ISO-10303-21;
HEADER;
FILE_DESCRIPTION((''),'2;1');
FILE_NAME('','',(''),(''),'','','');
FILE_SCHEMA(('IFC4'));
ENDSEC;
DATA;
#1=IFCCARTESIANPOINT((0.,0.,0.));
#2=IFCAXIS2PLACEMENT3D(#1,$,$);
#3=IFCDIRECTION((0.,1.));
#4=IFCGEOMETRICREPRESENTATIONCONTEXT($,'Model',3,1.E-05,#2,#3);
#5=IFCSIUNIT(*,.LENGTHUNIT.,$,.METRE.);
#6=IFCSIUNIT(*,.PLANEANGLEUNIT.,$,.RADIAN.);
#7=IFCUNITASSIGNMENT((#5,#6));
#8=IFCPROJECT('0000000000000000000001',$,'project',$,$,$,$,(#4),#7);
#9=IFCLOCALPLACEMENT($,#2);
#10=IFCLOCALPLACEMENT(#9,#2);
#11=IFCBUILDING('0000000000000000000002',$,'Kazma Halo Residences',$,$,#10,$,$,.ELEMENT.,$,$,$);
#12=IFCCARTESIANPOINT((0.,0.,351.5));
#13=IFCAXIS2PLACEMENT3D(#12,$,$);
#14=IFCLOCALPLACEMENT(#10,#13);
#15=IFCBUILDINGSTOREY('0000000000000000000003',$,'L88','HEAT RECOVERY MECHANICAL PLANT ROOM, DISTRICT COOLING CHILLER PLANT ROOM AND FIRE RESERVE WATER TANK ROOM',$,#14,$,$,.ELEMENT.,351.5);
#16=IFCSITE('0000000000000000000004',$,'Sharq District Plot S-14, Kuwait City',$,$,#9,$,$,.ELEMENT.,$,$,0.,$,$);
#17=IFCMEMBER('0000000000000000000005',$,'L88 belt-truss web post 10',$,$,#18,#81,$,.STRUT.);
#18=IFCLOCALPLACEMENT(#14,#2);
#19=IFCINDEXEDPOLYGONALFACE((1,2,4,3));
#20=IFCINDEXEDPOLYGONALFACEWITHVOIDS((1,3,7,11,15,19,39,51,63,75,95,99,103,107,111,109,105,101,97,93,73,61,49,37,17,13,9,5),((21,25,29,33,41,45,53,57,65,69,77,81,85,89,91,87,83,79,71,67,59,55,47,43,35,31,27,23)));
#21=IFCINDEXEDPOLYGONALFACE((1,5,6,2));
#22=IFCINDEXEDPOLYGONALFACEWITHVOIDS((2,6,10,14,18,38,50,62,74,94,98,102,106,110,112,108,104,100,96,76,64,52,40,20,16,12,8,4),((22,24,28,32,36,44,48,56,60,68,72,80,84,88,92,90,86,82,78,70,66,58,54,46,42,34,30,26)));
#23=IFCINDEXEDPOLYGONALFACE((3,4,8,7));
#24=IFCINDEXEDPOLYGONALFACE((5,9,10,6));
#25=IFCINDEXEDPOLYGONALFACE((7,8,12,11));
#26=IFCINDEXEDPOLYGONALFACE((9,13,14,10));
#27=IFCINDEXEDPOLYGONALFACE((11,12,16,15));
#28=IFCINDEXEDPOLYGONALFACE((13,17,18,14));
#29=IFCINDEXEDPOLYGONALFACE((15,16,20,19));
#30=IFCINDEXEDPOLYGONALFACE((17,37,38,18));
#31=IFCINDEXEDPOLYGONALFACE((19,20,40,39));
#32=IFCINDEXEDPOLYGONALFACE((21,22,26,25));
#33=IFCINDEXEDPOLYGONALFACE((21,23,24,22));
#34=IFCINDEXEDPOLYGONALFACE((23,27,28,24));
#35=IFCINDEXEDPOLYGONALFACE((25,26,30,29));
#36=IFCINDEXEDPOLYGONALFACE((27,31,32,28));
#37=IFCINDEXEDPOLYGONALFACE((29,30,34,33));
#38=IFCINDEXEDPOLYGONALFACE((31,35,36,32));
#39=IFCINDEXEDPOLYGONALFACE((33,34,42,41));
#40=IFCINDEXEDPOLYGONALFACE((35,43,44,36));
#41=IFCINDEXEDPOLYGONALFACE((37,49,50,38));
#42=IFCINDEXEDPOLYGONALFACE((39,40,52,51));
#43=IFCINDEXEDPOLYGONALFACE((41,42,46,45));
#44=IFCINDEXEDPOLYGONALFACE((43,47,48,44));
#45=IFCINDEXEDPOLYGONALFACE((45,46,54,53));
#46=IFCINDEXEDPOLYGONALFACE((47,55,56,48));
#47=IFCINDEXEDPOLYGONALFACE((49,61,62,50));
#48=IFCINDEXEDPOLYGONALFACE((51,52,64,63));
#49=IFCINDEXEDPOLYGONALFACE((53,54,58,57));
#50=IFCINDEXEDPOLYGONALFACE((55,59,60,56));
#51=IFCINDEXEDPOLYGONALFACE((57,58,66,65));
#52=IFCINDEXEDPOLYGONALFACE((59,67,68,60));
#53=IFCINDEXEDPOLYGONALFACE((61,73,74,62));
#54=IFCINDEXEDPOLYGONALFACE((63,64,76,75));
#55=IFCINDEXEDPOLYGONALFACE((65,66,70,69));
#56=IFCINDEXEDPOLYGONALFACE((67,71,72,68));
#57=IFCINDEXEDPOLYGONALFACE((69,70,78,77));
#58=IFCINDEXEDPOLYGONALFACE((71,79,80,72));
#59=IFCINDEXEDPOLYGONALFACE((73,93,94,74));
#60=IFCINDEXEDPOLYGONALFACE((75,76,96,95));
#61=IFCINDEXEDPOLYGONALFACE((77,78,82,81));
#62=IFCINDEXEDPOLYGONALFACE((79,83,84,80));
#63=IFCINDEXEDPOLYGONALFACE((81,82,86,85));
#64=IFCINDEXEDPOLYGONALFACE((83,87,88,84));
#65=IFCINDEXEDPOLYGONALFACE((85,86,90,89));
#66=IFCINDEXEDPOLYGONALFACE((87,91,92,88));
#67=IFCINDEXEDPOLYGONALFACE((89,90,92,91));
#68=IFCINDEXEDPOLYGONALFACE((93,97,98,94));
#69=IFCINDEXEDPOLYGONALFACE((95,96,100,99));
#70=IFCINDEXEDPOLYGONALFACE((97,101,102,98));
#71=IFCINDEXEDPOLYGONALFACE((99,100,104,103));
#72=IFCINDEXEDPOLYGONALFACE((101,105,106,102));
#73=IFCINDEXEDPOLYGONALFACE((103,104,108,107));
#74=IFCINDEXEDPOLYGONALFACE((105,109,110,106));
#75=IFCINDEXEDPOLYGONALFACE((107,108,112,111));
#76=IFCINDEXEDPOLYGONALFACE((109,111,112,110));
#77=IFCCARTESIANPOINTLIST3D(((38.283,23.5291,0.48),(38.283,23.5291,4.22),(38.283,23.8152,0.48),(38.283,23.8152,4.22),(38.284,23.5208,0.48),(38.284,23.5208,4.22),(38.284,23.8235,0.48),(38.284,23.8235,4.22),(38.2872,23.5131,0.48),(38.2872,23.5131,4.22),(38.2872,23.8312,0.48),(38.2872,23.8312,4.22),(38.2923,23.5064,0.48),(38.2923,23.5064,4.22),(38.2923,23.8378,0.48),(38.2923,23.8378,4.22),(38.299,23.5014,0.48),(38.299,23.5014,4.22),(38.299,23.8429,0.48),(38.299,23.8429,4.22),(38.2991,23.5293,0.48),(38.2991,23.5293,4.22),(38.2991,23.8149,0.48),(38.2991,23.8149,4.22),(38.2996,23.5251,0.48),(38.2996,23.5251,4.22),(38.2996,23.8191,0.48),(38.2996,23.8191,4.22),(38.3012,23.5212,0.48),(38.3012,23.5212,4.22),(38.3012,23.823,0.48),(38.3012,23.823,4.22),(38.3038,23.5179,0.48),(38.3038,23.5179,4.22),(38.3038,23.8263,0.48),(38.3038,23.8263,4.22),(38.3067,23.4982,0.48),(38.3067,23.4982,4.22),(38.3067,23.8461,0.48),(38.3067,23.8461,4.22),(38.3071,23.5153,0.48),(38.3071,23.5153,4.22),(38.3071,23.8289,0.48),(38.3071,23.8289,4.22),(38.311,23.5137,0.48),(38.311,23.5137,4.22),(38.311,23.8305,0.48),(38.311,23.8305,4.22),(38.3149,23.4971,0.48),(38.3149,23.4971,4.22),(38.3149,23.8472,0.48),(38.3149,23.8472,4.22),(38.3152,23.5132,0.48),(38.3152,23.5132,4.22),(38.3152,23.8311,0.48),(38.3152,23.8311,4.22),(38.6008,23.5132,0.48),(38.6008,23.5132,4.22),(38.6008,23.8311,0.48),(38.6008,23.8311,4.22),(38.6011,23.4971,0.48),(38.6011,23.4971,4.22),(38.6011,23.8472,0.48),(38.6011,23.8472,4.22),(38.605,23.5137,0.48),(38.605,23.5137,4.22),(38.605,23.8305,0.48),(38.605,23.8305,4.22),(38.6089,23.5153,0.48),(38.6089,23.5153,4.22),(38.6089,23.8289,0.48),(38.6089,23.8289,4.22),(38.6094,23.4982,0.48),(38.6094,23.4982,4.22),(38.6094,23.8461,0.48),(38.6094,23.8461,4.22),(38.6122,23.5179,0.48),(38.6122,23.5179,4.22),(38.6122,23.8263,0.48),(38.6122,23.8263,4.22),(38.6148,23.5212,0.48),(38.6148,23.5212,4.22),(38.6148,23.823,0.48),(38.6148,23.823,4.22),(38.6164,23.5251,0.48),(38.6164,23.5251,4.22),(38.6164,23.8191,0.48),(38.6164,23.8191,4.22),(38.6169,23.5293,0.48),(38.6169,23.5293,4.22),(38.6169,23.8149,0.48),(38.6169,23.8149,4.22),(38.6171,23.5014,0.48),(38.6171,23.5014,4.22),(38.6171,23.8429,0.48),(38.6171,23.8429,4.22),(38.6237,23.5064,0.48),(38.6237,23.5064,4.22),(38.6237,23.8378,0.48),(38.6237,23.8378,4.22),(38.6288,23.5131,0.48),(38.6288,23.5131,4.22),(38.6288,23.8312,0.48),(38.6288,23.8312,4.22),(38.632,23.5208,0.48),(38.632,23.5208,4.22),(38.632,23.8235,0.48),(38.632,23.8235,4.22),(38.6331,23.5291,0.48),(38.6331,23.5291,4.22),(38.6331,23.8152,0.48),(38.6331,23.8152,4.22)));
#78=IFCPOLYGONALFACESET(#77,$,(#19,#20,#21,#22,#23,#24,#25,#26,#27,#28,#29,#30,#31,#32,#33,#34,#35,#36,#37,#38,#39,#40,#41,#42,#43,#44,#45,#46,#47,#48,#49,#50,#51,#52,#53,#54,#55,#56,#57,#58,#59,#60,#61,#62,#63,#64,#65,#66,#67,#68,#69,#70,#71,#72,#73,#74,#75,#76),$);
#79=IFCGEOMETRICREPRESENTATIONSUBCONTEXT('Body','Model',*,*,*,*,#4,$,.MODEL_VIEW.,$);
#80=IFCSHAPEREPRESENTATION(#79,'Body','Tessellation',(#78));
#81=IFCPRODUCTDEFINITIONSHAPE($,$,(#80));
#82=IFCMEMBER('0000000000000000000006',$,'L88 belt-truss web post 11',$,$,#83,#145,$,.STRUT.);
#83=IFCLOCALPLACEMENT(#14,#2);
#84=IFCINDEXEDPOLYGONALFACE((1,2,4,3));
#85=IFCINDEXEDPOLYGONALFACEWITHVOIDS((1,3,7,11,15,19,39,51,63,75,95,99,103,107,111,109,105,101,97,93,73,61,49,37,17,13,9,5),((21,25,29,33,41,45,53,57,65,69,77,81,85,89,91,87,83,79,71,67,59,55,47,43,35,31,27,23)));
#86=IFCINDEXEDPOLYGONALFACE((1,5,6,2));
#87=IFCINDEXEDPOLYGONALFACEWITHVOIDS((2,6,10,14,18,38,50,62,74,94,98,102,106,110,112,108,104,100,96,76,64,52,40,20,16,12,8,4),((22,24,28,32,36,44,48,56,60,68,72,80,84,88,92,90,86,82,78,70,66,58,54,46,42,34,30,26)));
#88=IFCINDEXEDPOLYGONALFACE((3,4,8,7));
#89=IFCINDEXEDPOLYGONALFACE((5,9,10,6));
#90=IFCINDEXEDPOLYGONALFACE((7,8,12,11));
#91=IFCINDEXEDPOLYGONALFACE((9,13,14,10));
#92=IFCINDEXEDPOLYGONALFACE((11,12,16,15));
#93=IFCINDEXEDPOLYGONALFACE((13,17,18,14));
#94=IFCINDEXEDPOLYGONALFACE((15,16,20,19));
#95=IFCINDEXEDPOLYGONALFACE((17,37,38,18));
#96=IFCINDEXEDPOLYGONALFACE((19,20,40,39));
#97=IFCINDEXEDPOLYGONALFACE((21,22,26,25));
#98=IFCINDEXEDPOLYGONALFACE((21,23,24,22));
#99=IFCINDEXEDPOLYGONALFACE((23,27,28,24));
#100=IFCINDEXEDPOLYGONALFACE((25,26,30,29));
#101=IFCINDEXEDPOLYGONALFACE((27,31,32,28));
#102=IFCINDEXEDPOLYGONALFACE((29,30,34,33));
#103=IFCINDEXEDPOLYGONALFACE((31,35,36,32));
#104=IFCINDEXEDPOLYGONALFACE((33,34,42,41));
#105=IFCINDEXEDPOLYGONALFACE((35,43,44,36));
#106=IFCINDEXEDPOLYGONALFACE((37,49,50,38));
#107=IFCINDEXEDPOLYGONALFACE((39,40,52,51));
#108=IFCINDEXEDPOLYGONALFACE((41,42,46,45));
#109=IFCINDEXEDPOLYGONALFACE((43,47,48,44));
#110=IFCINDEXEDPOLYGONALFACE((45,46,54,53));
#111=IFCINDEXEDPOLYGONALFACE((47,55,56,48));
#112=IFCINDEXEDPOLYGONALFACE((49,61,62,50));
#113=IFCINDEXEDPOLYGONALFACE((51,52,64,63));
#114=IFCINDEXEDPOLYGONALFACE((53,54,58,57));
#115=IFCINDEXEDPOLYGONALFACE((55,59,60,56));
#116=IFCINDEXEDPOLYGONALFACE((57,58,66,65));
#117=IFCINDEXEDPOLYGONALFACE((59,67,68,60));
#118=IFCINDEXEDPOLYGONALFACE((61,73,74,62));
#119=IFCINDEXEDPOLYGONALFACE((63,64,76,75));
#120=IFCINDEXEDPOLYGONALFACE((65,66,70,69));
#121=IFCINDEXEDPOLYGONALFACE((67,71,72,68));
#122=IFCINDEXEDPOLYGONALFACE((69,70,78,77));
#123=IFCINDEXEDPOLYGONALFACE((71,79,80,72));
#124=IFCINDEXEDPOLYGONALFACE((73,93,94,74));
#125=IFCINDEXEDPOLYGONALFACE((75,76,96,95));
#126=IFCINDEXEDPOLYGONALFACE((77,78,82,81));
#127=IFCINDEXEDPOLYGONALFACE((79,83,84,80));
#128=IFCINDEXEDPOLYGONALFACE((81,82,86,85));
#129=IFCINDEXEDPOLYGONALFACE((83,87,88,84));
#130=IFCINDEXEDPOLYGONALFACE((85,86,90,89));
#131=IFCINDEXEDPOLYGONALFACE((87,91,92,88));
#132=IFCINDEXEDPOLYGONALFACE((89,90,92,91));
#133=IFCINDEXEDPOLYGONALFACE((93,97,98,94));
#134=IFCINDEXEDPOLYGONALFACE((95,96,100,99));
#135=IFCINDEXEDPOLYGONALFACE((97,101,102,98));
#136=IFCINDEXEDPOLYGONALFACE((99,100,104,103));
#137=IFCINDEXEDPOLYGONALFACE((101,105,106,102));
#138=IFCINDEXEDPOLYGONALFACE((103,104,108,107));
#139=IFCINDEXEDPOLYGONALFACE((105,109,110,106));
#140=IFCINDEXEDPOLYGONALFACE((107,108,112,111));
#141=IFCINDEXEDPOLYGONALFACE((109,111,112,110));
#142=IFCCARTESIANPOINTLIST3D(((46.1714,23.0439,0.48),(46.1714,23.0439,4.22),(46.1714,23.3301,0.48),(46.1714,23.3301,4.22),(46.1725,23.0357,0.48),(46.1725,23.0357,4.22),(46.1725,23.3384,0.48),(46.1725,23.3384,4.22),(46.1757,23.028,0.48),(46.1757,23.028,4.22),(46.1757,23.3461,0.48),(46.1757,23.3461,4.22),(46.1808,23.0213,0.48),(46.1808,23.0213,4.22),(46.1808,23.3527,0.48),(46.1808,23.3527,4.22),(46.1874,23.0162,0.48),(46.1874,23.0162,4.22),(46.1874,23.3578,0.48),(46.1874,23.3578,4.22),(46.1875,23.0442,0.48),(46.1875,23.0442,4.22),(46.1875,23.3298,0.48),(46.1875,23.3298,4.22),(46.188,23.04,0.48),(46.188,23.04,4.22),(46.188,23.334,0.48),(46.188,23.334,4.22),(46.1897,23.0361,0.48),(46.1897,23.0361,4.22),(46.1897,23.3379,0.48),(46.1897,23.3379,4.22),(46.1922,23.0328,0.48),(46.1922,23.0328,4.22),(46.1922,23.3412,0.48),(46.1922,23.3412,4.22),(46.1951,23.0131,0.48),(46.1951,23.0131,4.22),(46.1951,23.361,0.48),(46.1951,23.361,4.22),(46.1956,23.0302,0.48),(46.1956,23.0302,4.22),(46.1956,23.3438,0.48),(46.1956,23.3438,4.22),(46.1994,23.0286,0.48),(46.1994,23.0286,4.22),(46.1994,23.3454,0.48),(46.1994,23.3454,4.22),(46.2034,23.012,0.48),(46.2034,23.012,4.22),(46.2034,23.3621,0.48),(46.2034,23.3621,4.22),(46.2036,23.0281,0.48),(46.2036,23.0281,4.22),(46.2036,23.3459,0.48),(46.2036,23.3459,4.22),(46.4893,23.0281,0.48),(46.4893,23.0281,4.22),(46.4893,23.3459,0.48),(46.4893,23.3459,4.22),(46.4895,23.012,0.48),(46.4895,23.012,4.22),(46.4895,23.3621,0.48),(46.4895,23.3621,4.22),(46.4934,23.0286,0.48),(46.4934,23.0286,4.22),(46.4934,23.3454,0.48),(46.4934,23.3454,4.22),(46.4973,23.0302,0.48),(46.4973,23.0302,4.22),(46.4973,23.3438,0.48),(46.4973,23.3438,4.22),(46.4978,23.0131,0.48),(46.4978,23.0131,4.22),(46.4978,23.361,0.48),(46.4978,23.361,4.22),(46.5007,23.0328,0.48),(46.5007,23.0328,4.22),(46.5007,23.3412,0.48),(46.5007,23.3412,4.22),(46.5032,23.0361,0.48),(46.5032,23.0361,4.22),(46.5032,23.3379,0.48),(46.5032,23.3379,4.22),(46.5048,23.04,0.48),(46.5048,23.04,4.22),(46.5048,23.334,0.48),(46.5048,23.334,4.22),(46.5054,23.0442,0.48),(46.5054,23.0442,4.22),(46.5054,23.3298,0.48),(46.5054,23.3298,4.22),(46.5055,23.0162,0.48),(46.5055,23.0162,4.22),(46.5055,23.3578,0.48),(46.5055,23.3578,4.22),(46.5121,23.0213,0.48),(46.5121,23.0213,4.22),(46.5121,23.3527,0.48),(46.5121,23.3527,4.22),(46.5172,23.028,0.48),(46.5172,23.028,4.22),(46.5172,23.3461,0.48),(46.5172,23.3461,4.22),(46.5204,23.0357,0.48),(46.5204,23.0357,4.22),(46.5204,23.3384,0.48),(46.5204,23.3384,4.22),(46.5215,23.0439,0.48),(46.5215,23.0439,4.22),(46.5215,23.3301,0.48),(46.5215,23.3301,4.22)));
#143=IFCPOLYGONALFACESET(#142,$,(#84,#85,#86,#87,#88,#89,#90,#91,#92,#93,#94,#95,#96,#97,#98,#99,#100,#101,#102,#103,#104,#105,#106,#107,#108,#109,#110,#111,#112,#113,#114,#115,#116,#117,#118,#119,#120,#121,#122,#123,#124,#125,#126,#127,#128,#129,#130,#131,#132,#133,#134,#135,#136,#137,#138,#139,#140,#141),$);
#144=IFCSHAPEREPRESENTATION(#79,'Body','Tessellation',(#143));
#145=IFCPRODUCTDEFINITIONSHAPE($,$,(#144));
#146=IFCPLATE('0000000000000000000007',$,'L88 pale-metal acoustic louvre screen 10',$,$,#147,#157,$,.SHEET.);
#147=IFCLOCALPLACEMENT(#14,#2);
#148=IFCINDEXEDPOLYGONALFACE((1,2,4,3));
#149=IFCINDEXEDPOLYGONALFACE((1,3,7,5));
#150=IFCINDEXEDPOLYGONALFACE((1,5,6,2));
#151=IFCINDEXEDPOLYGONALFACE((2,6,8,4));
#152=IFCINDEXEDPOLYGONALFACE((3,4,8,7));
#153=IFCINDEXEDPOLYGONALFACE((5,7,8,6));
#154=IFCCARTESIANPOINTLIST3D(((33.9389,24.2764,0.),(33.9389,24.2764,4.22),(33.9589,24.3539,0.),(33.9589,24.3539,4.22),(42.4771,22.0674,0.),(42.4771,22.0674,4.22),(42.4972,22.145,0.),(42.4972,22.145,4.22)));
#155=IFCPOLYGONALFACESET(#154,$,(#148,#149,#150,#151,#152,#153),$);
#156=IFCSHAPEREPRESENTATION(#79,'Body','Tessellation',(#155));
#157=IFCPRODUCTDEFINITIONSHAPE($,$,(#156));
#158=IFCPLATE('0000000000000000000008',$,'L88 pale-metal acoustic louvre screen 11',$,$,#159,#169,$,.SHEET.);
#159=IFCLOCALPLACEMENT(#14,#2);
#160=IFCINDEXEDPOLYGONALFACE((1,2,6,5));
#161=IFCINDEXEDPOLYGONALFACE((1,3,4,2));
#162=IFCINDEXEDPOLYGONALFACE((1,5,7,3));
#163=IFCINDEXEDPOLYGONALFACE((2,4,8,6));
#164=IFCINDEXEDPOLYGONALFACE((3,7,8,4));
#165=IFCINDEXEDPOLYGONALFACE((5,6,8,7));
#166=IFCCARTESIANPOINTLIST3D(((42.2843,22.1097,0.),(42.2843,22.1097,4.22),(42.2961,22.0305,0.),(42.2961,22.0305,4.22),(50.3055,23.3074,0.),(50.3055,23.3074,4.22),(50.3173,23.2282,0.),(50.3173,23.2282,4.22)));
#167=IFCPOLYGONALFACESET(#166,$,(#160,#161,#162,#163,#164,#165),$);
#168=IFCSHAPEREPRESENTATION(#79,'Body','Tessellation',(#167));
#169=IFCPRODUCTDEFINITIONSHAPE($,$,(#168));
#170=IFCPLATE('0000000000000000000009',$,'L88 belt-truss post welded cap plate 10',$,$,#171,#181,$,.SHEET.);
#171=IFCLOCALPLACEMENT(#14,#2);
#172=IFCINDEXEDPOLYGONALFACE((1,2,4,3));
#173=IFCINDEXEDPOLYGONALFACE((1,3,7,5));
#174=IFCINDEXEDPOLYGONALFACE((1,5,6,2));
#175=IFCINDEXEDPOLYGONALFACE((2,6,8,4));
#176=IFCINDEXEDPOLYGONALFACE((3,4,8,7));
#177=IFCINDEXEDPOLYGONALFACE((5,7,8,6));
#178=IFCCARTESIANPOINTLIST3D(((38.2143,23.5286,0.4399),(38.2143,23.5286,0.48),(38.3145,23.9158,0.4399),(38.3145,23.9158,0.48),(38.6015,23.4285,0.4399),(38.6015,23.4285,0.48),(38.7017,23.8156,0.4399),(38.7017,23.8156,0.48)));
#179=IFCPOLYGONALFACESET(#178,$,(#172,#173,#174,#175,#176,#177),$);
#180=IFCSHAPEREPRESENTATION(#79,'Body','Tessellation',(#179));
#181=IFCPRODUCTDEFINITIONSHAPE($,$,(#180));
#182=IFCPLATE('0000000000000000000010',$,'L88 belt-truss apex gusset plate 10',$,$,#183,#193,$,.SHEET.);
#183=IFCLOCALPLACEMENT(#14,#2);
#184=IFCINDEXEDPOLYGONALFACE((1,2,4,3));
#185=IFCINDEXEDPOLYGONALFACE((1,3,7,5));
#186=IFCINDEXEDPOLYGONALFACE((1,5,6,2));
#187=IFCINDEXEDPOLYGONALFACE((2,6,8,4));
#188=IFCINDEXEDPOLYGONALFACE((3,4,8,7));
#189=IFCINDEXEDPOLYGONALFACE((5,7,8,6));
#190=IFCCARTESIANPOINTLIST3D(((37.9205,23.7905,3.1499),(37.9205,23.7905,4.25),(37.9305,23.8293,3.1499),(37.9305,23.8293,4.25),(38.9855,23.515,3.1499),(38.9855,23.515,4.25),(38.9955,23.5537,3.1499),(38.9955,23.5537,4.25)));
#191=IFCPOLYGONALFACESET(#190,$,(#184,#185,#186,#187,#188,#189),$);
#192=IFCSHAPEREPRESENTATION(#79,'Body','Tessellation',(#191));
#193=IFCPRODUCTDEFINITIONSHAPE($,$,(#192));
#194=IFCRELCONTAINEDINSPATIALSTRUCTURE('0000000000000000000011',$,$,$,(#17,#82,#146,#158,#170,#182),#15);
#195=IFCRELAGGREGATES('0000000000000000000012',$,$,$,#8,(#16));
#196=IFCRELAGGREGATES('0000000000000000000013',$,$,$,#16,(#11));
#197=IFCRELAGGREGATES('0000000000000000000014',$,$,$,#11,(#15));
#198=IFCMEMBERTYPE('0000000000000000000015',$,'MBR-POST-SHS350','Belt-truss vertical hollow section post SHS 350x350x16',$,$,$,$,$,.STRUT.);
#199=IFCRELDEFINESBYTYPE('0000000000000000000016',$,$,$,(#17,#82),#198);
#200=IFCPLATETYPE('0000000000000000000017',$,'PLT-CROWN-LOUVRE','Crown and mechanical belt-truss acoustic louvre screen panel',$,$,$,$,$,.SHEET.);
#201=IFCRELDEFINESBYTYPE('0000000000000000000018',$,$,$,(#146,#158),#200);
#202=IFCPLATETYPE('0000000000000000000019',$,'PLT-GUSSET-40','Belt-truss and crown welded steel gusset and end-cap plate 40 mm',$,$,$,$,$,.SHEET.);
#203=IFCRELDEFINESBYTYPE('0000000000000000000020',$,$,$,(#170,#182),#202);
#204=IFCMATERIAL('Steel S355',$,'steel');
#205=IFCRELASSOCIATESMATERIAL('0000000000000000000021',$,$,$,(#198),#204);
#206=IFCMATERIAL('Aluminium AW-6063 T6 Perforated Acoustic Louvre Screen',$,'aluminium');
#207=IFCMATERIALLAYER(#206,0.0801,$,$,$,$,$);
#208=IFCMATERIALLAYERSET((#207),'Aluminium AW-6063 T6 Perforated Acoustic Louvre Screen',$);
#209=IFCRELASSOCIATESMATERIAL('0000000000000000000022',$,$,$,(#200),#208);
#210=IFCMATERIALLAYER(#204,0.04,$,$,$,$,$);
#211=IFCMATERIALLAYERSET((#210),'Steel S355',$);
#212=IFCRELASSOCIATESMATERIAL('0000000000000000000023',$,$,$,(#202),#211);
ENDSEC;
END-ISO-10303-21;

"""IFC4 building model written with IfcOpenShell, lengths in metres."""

from ifc_helpers import new_model, si_unit, direction, frame, origin, origin_2d, place, context, subcontext, project, spatial, rectangle, hollow_rectangle, extrude, material, layer, layer_set, material_profile, profile_set, type_object, element, save


model = new_model("IFC4")

# Units and contexts
model_context = context("Model", 3, precision=1e-05, world=origin(), true_north=direction((0.0, 1.0)))
body_context = subcontext(model_context, "Body", "Model", "MODEL_VIEW")
ifc_project = project(units=[si_unit("LENGTHUNIT", "METRE"), si_unit("PLANEANGLEUNIT", "RADIAN")], contexts=[model_context])

# Site, building, storey
site_placement = place(None, origin())
site = spatial("IfcSite", under=ifc_project, at=site_placement, Name="Sharq District Plot S-14, Kuwait City", CompositionType="ELEMENT", RefElevation=0.0)
building_placement = place(site_placement, origin())
building = spatial("IfcBuilding", under=site, at=building_placement, Name="Kazma Halo Residences", CompositionType="ELEMENT")
storey_placement = place(building_placement, frame((0.0, 0.0, 351.5)))
storey = spatial("IfcBuildingStorey", under=building, at=storey_placement, Name="L88", Description="HEAT RECOVERY MECHANICAL PLANT ROOM, DISTRICT COOLING CHILLER PLANT ROOM AND FIRE RESERVE WATER TANK ROOM", CompositionType="ELEMENT", Elevation=351.5)

# Shared definitions
ifc_material_1 = material(Name="Steel S355", Category="steel")

# Members
ifc_material_profile_1 = material_profile(ifc_material_1, hollow_rectangle(XDim=0.3501, YDim=0.3501, WallThickness=0.0161, InnerFilletRadius=0.0161, OuterFilletRadius=0.032, at=origin_2d()), Name="SHS350x350x16")
ifc_profile_set_1 = profile_set([ifc_material_profile_1], Name="Steel S355")
member_type_1 = type_object("IfcMemberType", Name="MBR-POST-SHS350", Description="Belt-truss vertical hollow section post SHS 350x350x16", PredefinedType="STRUT", material=ifc_profile_set_1)
for number, where, z_axis, x_axis, name in (
    (1, (38.458, 23.6721, 0.48), (0.0, 0.0, 1.0), (1.0, 0.0, 0.0), "L88 belt-truss web post 10"),
    (2, (46.3464, 23.187, 0.48), (0.0, 0.0, 1.0), (1.0, 0.0, 0.0), "L88 belt-truss web post 11"),
):
    element("IfcMember", number, at=place(storey_placement, frame(where, z_axis=z_axis, x_axis=x_axis)), inside=storey, type_object=member_type_1, Name=name, PredefinedType="STRUT", context=body_context, shape_type="SweptSolid", body=[
        extrude(hollow_rectangle(XDim=0.3501, YDim=0.3501, WallThickness=0.0161, InnerFilletRadius=0.0161, OuterFilletRadius=0.032, at=origin_2d()), origin(), (0.0, 0.0, 1.0), 3.74),
    ])

# Plates
ifc_material_2 = material(Name="Aluminium AW-6063 T6 Perforated Acoustic Louvre Screen", Category="aluminium")
ifc_layer_1 = layer(ifc_material_2, 0.0801)
ifc_layer_set_1 = layer_set([ifc_layer_1], Name="Aluminium AW-6063 T6 Perforated Acoustic Louvre Screen")
plate_type_1 = type_object("IfcPlateType", Name="PLT-CROWN-LOUVRE", Description="Crown and mechanical belt-truss acoustic louvre screen panel", PredefinedType="SHEET", material=ifc_layer_set_1)
plate_1_placement = place(storey_placement, frame((38.218, 23.2107, 0.0), z_axis=(0.0, 0.0, 1.0), x_axis=(0.968124, -0.25047, 0.0)))
element("IfcPlate", 3, at=plate_1_placement, inside=storey, type_object=plate_type_1, Name="L88 pale-metal acoustic louvre screen 10", PredefinedType="SHEET", context=body_context, shape_type="SweptSolid", body=[
    extrude(rectangle(XDim=8.8193, YDim=0.0801, at=origin_2d()), origin(), (0.0, 0.0, 1.0), 4.22),
])
plate_2_placement = place(storey_placement, frame((46.3008, 22.6689, 0.0), z_axis=(0.0, 0.0, 1.0), x_axis=(0.989034, 0.147687, 0.0)))
element("IfcPlate", 4, at=plate_2_placement, inside=storey, type_object=plate_type_1, Name="L88 pale-metal acoustic louvre screen 11", PredefinedType="SHEET", context=body_context, shape_type="SweptSolid", body=[
    extrude(rectangle(XDim=8.1101, YDim=0.0801, at=origin_2d()), origin(), (0.0, 0.0, 1.0), 4.22),
])
ifc_layer_2 = layer(ifc_material_1, 0.04)
ifc_layer_set_2 = layer_set([ifc_layer_2], Name="Steel S355")
plate_type_2 = type_object("IfcPlateType", Name="PLT-GUSSET-40", Description="Belt-truss and crown welded steel gusset and end-cap plate 40 mm", PredefinedType="SHEET", material=ifc_layer_set_2)
plate_3_placement = place(storey_placement, frame((38.458, 23.6721, 0.4399), z_axis=(0.0, 0.0, 1.0), x_axis=(0.968124, -0.25047, 0.0)))
element("IfcPlate", 5, at=plate_3_placement, inside=storey, type_object=plate_type_2, Name="L88 belt-truss post welded cap plate 10", PredefinedType="SHEET", context=body_context, shape_type="SweptSolid", body=[
    extrude(rectangle(XDim=0.3999, YDim=0.3999, at=origin_2d()), origin(), (0.0, 0.0, 1.0), 0.04),
])
plate_4_placement = place(storey_placement, frame((38.458, 23.6721, 3.1499), z_axis=(0.0, 0.0, 1.0), x_axis=(0.968124, -0.25047, 0.0)))
element("IfcPlate", 6, at=plate_4_placement, inside=storey, type_object=plate_type_2, Name="L88 belt-truss apex gusset plate 10", PredefinedType="SHEET", context=body_context, shape_type="SweptSolid", body=[
    extrude(rectangle(XDim=1.1001, YDim=0.04, at=origin_2d()), origin(), (0.0, 0.0, 1.0), 1.1001),
])

save(model, "model.ifc")
